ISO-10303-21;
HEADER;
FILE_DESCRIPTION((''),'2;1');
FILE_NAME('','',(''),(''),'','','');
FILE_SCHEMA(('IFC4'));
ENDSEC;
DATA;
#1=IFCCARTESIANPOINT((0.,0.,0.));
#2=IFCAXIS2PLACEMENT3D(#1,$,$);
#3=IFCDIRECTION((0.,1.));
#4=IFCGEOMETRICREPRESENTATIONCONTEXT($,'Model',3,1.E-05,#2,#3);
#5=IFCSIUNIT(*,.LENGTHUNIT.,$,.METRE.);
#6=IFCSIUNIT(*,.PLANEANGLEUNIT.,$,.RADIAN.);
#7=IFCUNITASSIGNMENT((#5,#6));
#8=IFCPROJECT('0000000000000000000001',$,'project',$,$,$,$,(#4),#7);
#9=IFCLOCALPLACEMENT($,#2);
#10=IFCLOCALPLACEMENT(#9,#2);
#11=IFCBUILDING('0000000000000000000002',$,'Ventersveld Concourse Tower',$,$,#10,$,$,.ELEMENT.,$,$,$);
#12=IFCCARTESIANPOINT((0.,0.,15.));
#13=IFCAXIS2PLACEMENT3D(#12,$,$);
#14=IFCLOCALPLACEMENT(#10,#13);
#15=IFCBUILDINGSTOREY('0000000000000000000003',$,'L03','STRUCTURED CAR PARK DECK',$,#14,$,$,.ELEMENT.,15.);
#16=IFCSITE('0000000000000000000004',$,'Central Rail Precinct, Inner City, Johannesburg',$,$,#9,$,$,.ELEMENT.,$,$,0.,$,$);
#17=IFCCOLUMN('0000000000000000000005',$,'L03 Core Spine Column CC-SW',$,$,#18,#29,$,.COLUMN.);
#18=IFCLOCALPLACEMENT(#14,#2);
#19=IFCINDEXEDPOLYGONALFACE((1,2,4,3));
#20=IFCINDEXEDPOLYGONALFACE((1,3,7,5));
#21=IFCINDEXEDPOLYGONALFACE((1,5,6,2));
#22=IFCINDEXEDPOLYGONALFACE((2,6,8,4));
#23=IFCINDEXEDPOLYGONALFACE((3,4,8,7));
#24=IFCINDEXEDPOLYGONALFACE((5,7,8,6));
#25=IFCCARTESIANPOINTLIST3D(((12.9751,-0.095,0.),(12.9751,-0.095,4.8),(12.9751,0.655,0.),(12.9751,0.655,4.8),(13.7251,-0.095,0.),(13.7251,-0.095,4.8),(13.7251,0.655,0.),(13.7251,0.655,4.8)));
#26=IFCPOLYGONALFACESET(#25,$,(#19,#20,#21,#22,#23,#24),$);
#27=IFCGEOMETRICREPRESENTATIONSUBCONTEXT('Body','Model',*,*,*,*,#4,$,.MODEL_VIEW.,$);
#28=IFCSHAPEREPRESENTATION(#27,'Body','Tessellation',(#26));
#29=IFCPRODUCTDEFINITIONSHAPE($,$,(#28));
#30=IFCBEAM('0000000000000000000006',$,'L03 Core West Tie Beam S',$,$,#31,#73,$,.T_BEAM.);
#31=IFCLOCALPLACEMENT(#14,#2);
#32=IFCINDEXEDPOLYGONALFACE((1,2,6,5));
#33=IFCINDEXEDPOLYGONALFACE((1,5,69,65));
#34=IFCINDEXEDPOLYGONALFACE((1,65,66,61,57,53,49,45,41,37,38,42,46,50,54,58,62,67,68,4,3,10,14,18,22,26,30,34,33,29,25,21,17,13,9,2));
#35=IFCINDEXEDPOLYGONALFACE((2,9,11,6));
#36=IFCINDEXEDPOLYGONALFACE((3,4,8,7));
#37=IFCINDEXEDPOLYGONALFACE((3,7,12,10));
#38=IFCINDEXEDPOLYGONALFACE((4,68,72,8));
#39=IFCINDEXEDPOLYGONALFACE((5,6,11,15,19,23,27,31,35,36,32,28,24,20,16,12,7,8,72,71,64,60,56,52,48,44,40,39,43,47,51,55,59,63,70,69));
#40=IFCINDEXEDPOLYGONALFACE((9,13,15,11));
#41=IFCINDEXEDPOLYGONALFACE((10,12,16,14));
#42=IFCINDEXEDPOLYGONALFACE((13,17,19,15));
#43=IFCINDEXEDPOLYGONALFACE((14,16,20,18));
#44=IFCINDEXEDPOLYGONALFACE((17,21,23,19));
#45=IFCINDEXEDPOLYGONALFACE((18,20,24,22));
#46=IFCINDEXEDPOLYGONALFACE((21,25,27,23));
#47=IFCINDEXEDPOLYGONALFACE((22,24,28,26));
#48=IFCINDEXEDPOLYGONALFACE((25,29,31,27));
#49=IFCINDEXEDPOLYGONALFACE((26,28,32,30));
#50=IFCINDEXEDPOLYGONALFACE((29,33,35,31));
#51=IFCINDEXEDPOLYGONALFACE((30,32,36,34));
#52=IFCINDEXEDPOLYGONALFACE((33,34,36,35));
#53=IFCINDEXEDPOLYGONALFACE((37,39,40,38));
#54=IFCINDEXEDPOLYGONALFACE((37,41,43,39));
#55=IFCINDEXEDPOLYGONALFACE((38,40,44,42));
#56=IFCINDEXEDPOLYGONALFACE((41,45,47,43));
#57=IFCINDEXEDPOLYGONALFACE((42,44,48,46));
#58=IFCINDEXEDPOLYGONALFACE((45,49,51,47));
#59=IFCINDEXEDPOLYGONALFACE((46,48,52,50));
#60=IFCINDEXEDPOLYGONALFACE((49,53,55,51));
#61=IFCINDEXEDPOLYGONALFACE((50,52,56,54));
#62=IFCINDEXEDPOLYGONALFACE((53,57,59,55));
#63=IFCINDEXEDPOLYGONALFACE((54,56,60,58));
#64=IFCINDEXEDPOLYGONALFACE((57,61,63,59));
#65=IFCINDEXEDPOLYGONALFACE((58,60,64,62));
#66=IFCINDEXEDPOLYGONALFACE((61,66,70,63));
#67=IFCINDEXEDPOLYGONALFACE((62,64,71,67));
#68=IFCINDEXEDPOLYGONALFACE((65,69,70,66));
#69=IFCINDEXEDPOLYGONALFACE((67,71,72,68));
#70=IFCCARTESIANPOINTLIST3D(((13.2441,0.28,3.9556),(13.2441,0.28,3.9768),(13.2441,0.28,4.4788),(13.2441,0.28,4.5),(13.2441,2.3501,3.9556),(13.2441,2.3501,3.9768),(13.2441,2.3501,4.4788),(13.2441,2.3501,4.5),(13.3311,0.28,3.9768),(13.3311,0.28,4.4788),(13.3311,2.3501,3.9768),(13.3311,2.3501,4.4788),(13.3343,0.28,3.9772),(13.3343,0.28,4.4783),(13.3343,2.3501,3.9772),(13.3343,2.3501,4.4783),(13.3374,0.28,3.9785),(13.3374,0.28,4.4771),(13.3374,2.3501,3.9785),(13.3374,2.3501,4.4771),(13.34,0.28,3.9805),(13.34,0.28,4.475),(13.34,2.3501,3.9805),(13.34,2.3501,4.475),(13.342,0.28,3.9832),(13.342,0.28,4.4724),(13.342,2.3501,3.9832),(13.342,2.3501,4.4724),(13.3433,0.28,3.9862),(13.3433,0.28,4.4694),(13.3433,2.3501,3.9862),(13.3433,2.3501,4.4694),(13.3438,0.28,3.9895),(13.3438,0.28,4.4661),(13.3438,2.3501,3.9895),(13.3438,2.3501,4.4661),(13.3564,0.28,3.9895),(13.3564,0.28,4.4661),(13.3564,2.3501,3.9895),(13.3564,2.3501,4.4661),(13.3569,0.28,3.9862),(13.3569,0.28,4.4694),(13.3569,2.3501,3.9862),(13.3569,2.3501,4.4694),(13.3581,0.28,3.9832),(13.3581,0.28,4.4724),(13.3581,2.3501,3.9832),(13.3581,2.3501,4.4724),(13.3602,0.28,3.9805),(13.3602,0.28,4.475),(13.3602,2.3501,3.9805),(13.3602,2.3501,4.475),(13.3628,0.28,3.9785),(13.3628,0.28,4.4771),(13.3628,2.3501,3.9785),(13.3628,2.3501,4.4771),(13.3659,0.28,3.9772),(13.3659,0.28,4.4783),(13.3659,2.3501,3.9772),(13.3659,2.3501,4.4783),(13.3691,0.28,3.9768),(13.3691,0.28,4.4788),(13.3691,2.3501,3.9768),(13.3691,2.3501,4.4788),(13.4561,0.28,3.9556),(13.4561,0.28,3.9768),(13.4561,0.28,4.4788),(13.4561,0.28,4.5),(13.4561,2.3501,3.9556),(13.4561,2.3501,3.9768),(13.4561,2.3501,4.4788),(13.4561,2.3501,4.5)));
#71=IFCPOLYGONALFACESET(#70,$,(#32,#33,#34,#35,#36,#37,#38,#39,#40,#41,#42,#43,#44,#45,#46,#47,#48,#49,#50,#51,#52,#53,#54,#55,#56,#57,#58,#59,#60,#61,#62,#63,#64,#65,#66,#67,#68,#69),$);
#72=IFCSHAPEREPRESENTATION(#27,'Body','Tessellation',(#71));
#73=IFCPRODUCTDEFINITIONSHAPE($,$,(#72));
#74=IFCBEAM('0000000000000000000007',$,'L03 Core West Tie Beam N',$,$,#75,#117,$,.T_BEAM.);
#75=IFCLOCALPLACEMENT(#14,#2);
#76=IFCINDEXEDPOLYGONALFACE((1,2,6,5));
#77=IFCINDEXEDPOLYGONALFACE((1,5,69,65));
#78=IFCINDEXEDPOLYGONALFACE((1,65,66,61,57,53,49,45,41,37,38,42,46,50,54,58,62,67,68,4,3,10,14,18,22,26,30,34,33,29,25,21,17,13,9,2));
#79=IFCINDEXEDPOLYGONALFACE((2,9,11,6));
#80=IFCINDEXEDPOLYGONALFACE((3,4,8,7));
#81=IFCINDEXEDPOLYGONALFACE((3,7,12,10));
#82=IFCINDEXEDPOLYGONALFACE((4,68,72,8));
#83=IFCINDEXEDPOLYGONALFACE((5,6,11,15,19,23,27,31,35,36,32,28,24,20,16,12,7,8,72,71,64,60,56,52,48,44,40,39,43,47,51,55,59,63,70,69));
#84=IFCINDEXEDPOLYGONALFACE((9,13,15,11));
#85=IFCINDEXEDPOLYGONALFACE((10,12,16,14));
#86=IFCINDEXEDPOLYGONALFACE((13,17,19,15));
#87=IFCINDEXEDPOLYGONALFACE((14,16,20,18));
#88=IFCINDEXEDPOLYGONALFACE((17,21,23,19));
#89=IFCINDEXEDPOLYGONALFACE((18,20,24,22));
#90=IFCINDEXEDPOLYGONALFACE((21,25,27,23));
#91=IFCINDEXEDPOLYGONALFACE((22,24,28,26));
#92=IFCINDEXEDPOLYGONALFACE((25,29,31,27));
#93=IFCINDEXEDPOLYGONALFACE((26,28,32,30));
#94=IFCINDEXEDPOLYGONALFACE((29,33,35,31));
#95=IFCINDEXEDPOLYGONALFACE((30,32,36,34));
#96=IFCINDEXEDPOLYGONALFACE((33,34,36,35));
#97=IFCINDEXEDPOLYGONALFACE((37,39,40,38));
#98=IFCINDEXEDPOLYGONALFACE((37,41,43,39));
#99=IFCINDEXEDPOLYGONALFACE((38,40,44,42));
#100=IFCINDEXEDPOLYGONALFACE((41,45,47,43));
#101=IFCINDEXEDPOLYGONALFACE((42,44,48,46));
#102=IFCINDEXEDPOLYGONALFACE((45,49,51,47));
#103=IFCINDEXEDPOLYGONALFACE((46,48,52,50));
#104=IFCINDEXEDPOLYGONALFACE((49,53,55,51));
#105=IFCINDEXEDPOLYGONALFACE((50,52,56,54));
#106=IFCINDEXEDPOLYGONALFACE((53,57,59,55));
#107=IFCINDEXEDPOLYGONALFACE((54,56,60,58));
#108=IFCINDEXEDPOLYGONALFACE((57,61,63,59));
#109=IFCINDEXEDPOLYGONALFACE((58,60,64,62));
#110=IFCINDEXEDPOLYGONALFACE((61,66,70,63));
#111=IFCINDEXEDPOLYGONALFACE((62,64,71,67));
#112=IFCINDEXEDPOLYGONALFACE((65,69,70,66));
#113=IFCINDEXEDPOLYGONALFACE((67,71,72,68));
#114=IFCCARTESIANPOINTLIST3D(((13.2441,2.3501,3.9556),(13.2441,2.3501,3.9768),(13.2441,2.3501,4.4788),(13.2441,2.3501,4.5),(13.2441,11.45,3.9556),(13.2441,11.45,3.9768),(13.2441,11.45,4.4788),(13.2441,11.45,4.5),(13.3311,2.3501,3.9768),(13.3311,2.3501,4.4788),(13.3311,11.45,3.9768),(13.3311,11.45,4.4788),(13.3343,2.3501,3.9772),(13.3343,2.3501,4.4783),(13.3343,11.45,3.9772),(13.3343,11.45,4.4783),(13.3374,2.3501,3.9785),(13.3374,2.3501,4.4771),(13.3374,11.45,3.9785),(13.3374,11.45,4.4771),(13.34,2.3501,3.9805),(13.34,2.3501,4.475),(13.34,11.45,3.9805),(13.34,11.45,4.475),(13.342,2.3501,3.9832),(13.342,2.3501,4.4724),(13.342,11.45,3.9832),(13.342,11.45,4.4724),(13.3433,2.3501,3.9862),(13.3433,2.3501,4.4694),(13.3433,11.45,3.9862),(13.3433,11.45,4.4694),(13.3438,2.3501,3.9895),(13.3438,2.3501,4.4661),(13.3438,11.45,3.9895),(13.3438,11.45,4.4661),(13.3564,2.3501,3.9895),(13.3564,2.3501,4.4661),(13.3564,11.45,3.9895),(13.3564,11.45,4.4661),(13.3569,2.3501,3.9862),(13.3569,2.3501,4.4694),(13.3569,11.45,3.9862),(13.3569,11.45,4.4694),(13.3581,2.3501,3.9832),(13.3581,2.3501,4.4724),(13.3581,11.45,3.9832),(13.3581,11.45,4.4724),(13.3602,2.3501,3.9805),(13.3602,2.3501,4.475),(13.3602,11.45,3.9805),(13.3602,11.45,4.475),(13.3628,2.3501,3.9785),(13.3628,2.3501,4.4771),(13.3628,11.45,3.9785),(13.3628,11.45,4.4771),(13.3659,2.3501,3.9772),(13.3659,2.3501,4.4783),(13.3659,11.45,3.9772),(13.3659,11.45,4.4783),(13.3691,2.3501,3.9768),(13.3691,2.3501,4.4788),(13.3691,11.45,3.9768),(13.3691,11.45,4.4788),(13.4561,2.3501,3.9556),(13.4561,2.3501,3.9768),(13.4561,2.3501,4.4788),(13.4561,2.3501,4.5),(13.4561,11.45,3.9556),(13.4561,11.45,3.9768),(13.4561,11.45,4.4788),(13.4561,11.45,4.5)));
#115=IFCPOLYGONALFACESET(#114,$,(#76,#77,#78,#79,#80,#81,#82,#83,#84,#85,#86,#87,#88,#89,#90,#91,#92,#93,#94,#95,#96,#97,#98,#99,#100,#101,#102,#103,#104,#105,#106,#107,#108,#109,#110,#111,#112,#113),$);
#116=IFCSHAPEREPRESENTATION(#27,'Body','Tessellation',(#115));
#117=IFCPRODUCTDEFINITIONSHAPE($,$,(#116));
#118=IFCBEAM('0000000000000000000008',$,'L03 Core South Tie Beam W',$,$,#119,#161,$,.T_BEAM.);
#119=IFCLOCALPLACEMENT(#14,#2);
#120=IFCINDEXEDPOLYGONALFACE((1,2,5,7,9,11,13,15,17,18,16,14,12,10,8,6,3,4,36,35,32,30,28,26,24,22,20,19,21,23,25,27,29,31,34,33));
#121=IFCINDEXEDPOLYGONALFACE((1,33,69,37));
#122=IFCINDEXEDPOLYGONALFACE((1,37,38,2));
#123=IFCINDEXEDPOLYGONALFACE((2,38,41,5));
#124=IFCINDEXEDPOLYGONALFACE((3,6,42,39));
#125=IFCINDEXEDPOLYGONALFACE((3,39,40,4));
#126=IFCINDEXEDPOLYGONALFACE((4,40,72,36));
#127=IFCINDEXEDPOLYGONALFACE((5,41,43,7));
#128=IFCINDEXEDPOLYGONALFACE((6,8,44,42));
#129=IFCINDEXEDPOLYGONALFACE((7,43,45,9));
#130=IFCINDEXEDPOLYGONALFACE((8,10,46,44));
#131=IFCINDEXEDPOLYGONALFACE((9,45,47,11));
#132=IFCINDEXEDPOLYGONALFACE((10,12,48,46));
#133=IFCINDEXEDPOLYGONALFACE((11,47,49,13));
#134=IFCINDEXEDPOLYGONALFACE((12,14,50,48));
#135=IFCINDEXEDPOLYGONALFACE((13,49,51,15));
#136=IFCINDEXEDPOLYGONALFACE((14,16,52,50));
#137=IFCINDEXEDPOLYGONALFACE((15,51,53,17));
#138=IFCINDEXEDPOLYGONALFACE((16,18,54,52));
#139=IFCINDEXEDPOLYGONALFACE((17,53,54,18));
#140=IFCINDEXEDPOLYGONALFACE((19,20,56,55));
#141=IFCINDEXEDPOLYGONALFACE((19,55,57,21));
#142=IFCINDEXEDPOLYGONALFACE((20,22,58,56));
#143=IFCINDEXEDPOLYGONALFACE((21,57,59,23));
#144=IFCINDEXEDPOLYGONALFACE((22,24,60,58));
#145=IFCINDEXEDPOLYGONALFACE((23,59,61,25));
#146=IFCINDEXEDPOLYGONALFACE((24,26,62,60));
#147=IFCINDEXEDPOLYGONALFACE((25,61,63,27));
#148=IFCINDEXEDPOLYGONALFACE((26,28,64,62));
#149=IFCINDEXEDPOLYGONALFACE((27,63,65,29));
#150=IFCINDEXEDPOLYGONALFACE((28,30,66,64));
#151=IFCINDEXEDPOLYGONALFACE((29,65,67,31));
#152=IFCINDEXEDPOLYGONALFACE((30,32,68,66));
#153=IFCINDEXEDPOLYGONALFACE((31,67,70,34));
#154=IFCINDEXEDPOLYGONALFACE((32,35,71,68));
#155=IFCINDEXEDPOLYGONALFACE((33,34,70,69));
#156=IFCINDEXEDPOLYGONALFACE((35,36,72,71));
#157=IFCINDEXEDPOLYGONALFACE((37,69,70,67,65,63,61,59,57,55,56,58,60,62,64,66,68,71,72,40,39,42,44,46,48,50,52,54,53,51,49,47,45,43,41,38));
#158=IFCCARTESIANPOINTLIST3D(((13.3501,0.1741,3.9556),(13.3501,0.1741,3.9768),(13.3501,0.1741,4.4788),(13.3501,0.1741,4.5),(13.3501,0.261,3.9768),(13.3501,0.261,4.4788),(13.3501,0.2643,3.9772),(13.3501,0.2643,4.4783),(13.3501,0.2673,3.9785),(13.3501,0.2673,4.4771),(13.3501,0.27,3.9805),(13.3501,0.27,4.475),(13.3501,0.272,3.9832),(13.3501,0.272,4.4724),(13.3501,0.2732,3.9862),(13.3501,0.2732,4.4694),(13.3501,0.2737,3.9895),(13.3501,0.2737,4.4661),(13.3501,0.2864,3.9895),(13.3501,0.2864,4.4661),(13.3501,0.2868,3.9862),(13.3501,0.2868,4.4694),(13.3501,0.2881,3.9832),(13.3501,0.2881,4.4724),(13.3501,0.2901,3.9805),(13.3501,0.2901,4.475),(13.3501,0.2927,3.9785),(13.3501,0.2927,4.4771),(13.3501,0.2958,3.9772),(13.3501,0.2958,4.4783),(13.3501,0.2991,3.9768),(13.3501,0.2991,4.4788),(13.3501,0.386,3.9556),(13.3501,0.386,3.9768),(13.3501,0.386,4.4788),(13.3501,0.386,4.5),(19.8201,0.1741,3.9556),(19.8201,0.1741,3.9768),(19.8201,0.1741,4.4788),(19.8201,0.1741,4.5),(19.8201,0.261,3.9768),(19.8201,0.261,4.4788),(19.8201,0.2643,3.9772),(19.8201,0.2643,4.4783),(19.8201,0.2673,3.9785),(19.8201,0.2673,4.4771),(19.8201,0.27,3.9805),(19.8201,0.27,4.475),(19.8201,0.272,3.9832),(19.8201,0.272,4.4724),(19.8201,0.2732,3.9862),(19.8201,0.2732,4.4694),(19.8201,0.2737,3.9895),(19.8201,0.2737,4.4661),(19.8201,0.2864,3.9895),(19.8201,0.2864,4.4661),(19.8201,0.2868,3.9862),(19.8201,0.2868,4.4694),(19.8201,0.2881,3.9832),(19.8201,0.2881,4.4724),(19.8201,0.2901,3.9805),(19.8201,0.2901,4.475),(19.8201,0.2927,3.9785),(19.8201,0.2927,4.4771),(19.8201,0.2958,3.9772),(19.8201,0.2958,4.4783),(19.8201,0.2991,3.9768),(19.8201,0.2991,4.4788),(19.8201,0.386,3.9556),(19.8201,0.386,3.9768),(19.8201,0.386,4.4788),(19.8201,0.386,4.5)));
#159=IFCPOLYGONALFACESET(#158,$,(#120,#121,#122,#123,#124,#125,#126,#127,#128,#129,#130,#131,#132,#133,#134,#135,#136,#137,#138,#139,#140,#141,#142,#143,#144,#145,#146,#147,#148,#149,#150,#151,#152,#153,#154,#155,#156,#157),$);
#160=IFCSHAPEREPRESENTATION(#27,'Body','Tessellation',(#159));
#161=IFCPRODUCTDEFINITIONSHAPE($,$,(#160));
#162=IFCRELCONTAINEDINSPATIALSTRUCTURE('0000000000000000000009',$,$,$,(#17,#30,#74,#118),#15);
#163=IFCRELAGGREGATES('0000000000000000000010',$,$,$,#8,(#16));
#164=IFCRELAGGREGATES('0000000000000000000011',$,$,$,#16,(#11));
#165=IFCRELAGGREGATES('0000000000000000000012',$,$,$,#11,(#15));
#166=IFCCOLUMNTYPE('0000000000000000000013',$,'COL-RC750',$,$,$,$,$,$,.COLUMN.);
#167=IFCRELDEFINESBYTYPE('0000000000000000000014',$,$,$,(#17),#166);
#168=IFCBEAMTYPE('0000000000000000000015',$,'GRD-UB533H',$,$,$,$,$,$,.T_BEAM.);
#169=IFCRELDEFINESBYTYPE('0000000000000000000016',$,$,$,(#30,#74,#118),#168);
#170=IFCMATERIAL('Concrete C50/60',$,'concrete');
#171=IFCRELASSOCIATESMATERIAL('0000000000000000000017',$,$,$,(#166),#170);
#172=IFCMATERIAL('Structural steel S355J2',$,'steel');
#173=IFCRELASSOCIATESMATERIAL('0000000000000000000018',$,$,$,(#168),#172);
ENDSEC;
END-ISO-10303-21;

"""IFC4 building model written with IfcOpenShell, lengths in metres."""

from ifc_helpers import new_model, si_unit, direction, frame, origin, origin_2d, place, context, subcontext, project, spatial, rectangle, i_section, extrude, material, material_profile, profile_set, type_object, element, save


model = new_model("IFC4")

# Units and contexts
model_context = context("Model", 3, precision=1e-05, world=origin(), true_north=direction((0.0, 1.0)))
body_context = subcontext(model_context, "Body", "Model", "MODEL_VIEW")
ifc_project = project(units=[si_unit("LENGTHUNIT", "METRE"), si_unit("PLANEANGLEUNIT", "RADIAN")], contexts=[model_context])

# Site, building, storey
site_placement = place(None, origin())
site = spatial("IfcSite", under=ifc_project, at=site_placement, Name="Central Rail Precinct, Inner City, Johannesburg", CompositionType="ELEMENT", RefElevation=0.0)
building_placement = place(site_placement, origin())
building = spatial("IfcBuilding", under=site, at=building_placement, Name="Ventersveld Concourse Tower", CompositionType="ELEMENT")
storey_placement = place(building_placement, frame((0.0, 0.0, 15.0)))
storey = spatial("IfcBuildingStorey", under=building, at=storey_placement, Name="L03", Description="STRUCTURED CAR PARK DECK", CompositionType="ELEMENT", Elevation=15.0)

# Column
ifc_material_1 = material(Name="Concrete C50/60", Category="concrete")
ifc_material_profile_1 = material_profile(ifc_material_1, rectangle(XDim=0.75, YDim=0.75, at=origin_2d()), Name="RC 750x750")
ifc_profile_set_1 = profile_set([ifc_material_profile_1], Name="Concrete C50/60")
column_type = type_object("IfcColumnType", Name="COL-RC750", PredefinedType="COLUMN", material=ifc_profile_set_1)
column_placement = place(storey_placement, frame((13.3501, 0.28, 0.0), z_axis=(0.0, 0.0, 1.0), x_axis=(1.0, 0.0, 0.0)))
element("IfcColumn", 1, at=column_placement, inside=storey, type_object=column_type, Name="L03 Core Spine Column CC-SW", PredefinedType="COLUMN", context=body_context, shape_type="SweptSolid", body=[
    extrude(rectangle(XDim=0.75, YDim=0.75, at=origin_2d()), origin(), (0.0, 0.0, 1.0), 4.8),
])

# Beams
ifc_material_2 = material(Name="Structural steel S355J2", Category="steel")
ifc_material_profile_2 = material_profile(ifc_material_2, i_section(OverallWidth=0.2119, OverallDepth=0.5444, WebThickness=0.0127, FlangeThickness=0.0212, FilletRadius=0.0127, at=origin_2d()), Name="UB 533x210x122")
ifc_profile_set_2 = profile_set([ifc_material_profile_2], Name="Structural steel S355J2")
beam_type = type_object("IfcBeamType", Name="GRD-UB533H", PredefinedType="T_BEAM", material=ifc_profile_set_2)
beam_1_placement = place(storey_placement, frame((13.3501, 0.28, 4.2278), z_axis=(0.0, 1.0, 0.0), x_axis=(-1.0, 0.0, 0.0)))
element("IfcBeam", 2, at=beam_1_placement, inside=storey, type_object=beam_type, Name="L03 Core West Tie Beam S", PredefinedType="T_BEAM", context=body_context, shape_type="SweptSolid", body=[
    extrude(i_section(OverallWidth=0.2119, OverallDepth=0.5444, WebThickness=0.0127, FlangeThickness=0.0212, FilletRadius=0.0127, at=origin_2d()), origin(), (0.0, 0.0, 1.0), 2.0701),
])
beam_2_placement = place(storey_placement, frame((13.3501, 2.3501, 4.2278), z_axis=(0.0, 1.0, 0.0), x_axis=(-1.0, 0.0, 0.0)))
element("IfcBeam", 3, at=beam_2_placement, inside=storey, type_object=beam_type, Name="L03 Core West Tie Beam N", PredefinedType="T_BEAM", context=body_context, shape_type="SweptSolid", body=[
    extrude(i_section(OverallWidth=0.2119, OverallDepth=0.5444, WebThickness=0.0127, FlangeThickness=0.0212, FilletRadius=0.0127, at=origin_2d()), origin(), (0.0, 0.0, 1.0), 9.0999),
])
beam_3_placement = place(storey_placement, frame((13.3501, 0.28, 4.2278), z_axis=(1.0, 0.0, 0.0), x_axis=(0.0, 1.0, 0.0)))
element("IfcBeam", 4, at=beam_3_placement, inside=storey, type_object=beam_type, Name="L03 Core South Tie Beam W", PredefinedType="T_BEAM", context=body_context, shape_type="SweptSolid", body=[
    extrude(i_section(OverallWidth=0.2119, OverallDepth=0.5444, WebThickness=0.0127, FlangeThickness=0.0212, FilletRadius=0.0127, at=origin_2d()), origin(), (0.0, 0.0, 1.0), 6.47),
])

save(model, "model.ifc")
